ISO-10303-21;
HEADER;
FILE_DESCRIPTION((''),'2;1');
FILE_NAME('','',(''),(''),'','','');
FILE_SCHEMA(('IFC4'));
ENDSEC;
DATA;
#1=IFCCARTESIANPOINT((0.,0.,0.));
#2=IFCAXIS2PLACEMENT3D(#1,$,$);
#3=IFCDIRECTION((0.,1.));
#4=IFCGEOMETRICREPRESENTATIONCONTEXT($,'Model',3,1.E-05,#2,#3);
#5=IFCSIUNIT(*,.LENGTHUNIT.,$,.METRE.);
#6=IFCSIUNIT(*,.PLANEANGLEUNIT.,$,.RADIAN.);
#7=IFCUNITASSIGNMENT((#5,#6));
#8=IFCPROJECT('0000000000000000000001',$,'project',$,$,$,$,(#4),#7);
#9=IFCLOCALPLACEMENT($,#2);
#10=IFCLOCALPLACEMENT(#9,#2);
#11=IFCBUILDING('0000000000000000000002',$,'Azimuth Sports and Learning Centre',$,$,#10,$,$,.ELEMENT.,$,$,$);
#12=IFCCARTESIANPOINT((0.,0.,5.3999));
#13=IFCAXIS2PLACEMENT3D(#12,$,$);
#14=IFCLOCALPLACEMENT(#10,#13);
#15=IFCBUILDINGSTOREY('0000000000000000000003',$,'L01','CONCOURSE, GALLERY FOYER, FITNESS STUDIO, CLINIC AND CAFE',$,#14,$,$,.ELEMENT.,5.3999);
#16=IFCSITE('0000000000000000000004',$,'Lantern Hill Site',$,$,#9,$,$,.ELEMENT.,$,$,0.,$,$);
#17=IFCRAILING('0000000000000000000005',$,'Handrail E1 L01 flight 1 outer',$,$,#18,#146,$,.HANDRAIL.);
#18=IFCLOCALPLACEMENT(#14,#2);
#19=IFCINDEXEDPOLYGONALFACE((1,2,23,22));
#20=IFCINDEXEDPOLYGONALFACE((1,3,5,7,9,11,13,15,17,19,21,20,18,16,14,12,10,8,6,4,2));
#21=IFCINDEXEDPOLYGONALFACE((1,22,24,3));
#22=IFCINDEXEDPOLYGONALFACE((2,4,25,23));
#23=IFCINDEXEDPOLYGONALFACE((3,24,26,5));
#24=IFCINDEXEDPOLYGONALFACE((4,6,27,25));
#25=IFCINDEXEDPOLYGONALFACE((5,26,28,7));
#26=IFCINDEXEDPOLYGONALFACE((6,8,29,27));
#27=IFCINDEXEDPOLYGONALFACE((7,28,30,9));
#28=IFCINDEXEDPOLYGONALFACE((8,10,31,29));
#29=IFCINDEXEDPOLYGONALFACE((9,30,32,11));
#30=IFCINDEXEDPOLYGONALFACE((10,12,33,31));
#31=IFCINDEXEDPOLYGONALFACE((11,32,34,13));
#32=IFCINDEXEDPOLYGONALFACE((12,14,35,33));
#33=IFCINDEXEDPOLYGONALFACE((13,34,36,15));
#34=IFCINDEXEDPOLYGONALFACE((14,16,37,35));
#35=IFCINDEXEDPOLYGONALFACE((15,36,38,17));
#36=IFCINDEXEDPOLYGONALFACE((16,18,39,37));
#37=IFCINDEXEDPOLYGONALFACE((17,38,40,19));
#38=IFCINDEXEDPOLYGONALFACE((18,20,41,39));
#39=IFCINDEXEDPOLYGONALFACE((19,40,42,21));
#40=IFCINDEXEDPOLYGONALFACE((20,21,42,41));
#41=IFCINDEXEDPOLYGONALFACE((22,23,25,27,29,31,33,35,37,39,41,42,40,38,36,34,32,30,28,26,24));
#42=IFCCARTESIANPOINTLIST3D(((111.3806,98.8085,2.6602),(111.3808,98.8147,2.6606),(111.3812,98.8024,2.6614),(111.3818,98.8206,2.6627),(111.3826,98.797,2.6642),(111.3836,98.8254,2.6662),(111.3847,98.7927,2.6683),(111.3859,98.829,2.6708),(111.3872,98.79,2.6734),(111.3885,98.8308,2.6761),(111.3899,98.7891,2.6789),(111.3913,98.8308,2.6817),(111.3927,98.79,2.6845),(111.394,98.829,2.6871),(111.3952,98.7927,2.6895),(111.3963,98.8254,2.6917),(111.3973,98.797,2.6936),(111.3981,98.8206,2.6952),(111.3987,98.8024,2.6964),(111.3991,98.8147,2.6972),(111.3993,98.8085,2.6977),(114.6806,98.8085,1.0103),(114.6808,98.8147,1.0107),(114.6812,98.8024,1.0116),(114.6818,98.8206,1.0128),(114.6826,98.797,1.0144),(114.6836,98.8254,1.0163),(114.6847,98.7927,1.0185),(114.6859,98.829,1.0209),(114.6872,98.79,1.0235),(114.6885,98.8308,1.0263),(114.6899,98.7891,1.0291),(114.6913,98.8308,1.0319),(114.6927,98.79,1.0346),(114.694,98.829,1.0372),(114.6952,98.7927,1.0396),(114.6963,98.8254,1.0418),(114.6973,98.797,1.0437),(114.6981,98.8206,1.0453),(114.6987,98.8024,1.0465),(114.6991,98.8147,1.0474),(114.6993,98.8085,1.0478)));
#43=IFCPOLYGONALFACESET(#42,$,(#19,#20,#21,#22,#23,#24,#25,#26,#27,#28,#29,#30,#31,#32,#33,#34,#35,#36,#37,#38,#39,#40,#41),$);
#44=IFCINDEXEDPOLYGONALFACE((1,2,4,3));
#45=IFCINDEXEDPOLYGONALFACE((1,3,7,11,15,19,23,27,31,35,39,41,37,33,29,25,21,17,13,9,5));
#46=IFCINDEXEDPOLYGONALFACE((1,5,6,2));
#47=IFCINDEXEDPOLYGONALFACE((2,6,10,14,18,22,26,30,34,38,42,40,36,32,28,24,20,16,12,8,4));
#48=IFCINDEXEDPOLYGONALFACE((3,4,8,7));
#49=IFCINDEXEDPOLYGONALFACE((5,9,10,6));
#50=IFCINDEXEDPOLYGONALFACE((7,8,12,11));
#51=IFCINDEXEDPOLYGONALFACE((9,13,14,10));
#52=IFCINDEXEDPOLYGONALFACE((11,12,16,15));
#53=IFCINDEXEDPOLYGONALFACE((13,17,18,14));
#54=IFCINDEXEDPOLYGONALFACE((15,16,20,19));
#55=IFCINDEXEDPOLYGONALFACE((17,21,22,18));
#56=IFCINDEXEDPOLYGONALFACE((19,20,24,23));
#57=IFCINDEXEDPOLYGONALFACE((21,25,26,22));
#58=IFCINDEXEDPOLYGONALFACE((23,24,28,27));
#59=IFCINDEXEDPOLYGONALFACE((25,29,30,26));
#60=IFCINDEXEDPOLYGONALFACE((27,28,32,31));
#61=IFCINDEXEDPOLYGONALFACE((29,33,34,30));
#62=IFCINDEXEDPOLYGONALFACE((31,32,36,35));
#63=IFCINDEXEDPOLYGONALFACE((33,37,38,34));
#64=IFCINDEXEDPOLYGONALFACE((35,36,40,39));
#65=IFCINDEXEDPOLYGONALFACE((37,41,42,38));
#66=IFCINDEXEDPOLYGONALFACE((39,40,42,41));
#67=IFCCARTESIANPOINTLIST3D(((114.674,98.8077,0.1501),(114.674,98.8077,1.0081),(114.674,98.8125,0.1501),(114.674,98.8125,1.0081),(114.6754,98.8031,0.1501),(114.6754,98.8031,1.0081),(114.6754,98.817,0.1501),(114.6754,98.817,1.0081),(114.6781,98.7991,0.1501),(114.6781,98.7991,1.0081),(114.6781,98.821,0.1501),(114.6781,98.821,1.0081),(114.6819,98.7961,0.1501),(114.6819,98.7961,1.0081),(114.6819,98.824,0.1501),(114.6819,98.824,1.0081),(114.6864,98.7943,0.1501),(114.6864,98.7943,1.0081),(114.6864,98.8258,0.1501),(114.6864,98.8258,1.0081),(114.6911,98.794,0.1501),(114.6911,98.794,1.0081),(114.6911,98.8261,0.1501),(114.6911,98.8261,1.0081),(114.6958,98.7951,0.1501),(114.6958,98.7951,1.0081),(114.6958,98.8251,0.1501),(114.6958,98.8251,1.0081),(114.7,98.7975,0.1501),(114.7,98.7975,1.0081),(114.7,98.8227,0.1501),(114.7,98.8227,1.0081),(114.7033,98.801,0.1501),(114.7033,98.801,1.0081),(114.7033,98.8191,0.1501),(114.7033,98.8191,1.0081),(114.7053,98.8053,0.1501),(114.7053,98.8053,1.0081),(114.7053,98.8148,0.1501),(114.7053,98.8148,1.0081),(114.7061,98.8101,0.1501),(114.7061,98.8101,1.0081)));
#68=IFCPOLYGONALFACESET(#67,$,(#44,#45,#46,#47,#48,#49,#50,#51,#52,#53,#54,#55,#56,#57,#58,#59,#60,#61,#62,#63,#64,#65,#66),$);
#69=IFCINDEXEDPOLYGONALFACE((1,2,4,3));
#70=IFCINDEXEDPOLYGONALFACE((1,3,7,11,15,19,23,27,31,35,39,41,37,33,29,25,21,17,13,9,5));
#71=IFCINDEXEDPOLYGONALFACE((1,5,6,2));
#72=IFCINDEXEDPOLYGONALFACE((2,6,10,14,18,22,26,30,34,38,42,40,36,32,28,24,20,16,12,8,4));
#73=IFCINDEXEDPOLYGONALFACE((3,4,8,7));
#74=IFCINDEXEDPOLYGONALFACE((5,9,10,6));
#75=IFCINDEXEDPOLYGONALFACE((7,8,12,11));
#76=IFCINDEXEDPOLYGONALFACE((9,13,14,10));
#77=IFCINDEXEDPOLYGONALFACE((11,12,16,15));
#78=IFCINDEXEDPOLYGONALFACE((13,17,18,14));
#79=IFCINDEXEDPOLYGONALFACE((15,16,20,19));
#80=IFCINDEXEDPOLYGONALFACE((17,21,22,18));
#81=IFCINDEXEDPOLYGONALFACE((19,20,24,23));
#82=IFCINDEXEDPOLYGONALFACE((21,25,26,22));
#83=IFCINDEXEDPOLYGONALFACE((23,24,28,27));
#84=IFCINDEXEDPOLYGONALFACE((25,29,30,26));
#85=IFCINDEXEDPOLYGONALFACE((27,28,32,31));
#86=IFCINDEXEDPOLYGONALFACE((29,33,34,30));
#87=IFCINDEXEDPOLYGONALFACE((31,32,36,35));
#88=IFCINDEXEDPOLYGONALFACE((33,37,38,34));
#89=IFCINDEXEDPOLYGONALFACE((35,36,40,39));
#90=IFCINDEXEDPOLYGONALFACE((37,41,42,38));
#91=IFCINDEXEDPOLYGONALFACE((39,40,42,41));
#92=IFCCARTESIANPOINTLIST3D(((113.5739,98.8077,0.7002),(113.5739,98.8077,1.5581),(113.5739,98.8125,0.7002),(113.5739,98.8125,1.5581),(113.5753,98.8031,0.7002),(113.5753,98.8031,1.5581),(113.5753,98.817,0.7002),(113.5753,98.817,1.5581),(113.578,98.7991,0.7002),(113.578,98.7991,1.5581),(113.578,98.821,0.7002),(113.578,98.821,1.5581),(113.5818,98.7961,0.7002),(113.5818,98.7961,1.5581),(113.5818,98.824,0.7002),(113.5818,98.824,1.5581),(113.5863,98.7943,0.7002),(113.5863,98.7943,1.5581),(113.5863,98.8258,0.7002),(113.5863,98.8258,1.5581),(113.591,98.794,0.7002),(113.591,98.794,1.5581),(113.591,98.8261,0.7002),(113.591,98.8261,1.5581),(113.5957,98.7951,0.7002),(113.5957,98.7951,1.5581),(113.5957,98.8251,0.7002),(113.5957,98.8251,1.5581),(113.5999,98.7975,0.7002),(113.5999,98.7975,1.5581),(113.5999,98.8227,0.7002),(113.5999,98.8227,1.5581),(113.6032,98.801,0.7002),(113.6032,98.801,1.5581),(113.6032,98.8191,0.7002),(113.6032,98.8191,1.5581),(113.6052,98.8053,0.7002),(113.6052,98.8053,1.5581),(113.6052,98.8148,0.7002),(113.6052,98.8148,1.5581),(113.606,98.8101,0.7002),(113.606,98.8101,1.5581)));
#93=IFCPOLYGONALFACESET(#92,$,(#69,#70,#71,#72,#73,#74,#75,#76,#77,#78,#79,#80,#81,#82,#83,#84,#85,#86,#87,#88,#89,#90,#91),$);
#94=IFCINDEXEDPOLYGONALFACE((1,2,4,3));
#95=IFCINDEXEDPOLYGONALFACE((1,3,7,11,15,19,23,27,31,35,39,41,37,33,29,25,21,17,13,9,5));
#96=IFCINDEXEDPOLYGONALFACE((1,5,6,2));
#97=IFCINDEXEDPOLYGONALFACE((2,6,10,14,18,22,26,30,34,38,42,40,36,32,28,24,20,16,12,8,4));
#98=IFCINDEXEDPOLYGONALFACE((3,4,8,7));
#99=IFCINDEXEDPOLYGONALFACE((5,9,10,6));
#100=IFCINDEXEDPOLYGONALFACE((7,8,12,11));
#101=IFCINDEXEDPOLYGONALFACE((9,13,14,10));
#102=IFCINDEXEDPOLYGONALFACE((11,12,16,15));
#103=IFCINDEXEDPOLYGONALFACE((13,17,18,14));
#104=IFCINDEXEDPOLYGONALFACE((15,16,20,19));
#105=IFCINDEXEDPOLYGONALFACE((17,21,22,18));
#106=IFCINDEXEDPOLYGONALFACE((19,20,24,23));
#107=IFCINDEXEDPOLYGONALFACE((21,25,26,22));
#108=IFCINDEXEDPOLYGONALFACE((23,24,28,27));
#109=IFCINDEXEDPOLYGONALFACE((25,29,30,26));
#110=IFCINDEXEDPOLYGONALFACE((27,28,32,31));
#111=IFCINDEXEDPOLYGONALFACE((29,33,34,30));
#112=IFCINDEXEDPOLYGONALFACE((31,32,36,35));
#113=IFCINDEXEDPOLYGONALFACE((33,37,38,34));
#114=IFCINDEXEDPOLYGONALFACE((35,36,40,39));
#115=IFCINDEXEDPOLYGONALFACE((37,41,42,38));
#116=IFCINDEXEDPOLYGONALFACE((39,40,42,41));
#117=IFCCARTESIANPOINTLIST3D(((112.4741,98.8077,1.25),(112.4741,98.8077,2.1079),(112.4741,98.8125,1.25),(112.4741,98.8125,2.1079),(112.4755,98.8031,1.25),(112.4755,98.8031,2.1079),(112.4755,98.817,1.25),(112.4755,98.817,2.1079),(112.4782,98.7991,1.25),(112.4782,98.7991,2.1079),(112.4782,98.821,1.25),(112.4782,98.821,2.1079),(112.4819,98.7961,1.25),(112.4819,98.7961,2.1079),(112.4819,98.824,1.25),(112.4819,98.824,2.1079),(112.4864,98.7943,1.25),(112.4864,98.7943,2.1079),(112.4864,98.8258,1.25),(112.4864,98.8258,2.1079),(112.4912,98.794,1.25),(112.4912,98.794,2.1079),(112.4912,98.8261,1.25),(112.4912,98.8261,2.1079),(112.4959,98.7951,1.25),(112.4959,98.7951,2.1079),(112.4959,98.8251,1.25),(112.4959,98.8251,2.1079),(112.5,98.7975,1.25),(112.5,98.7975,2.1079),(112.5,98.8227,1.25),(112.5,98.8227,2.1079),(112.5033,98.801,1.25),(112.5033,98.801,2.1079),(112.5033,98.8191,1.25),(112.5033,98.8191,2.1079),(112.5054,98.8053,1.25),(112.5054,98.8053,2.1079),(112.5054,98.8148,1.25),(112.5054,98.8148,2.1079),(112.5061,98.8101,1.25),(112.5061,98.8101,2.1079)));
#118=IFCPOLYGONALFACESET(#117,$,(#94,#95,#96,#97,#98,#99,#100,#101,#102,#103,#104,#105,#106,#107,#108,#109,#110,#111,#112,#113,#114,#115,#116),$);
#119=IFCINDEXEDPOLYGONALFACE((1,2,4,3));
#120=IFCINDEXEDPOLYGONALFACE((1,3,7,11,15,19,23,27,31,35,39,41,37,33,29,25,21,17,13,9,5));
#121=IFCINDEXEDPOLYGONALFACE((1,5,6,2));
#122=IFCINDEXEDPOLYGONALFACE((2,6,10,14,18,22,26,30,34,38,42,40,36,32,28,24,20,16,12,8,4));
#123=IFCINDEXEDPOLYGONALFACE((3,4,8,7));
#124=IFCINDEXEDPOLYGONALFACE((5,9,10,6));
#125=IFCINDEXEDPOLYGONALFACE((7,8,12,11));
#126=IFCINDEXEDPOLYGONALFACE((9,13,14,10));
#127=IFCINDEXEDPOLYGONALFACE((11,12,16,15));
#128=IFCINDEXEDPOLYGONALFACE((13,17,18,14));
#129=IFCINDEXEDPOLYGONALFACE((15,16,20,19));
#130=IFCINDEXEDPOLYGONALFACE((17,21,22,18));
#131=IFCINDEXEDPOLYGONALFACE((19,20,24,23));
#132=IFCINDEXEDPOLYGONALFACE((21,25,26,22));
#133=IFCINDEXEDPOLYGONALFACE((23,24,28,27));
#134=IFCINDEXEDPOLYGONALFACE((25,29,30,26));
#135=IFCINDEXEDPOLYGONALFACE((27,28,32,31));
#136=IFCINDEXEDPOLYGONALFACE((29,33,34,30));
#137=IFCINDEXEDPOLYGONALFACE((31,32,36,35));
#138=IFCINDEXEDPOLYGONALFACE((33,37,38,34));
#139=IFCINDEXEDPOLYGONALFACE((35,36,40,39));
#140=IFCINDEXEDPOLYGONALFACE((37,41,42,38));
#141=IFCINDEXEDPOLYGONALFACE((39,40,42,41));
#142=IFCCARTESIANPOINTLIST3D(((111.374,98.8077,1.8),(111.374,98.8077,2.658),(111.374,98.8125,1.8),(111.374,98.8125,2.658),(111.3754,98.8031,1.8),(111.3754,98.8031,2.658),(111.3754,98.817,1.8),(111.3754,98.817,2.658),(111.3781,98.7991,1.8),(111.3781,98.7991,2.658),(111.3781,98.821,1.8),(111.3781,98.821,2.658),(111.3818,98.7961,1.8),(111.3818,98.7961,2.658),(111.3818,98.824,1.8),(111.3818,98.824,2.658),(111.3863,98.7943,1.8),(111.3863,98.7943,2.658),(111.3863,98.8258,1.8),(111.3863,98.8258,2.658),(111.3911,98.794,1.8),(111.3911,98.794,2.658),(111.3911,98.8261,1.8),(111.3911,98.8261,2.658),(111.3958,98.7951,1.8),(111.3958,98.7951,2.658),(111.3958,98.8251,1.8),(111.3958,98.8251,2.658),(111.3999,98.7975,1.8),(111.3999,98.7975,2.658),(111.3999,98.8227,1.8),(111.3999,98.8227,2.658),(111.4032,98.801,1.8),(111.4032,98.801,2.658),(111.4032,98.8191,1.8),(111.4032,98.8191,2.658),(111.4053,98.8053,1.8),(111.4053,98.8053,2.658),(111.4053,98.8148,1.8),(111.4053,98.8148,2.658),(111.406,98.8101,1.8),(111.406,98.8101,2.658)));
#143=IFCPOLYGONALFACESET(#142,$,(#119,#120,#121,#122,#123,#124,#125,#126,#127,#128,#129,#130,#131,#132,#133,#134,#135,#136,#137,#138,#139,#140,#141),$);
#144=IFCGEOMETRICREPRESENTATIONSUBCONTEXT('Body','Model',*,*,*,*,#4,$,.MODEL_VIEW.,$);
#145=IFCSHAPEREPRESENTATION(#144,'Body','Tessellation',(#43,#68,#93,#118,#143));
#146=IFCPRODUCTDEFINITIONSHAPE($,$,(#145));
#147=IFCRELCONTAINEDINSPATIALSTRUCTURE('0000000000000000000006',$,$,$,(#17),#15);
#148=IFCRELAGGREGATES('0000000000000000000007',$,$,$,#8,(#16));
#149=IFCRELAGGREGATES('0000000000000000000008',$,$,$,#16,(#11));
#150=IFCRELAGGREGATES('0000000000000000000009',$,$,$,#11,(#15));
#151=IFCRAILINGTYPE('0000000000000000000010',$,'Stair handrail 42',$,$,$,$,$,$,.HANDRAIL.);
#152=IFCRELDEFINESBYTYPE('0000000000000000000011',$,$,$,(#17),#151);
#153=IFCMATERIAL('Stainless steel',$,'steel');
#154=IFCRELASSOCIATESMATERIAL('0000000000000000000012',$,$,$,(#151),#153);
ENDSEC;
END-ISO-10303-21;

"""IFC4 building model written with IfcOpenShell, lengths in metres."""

from ifc_helpers import new_model, si_unit, direction, frame, origin, origin_2d, place, context, subcontext, project, spatial, circle, extrude, material, type_object, element, save


model = new_model("IFC4")

# Units and contexts
model_context = context("Model", 3, precision=1e-05, world=origin(), true_north=direction((0.0, 1.0)))
body_context = subcontext(model_context, "Body", "Model", "MODEL_VIEW")
ifc_project = project(units=[si_unit("LENGTHUNIT", "METRE"), si_unit("PLANEANGLEUNIT", "RADIAN")], contexts=[model_context])

# Site, building, storey
site_placement = place(None, origin())
site = spatial("IfcSite", under=ifc_project, at=site_placement, Name="Lantern Hill Site", CompositionType="ELEMENT", RefElevation=0.0)
building_placement = place(site_placement, origin())
building = spatial("IfcBuilding", under=site, at=building_placement, Name="Azimuth Sports and Learning Centre", CompositionType="ELEMENT")
storey_placement = place(building_placement, frame((0.0, 0.0, 5.3999)))
storey = spatial("IfcBuildingStorey", under=building, at=storey_placement, Name="L01", Description="CONCOURSE, GALLERY FOYER, FITNESS STUDIO, CLINIC AND CAFE", CompositionType="ELEMENT", Elevation=5.3999)

# Railing
ifc_material_1 = material(Name="Stainless steel", Category="steel")
railing_type = type_object("IfcRailingType", Name="Stair handrail 42", PredefinedType="HANDRAIL", material=ifc_material_1)
for number, where, name in (
    (1, (114.6899, 98.8101, 0.1501), "Handrail E1 L01 flight 1 outer"),
):
    element("IfcRailing", number, at=place(storey_placement, frame(where)), inside=storey, type_object=railing_type, Name=name, PredefinedType="HANDRAIL", context=body_context, shape_type="SweptSolid", body=[
        extrude(circle(Radius=0.021, at=origin_2d()), frame((0.0, 0.0, 0.8789), z_axis=(-0.89444, 0.0, 0.447187), x_axis=(0.0, -1.0, 0.0)), (0.0, 0.0, 1.0), 3.6895),
        extrude(circle(Radius=0.0161, at=origin_2d()), origin(), (0.0, 0.0, 1.0), 0.8579),
        extrude(circle(Radius=0.0161, at=origin_2d()), frame((-1.1001, 0.0, 0.55)), (0.0, 0.0, 1.0), 0.8579),
        extrude(circle(Radius=0.0161, at=origin_2d()), frame((-2.2, 0.0, 1.0999)), (0.0, 0.0, 1.0), 0.8579),
        extrude(circle(Radius=0.0161, at=origin_2d()), frame((-3.3, 0.0, 1.6499)), (0.0, 0.0, 1.0), 0.8579),
    ])

save(model, "model.ifc")
